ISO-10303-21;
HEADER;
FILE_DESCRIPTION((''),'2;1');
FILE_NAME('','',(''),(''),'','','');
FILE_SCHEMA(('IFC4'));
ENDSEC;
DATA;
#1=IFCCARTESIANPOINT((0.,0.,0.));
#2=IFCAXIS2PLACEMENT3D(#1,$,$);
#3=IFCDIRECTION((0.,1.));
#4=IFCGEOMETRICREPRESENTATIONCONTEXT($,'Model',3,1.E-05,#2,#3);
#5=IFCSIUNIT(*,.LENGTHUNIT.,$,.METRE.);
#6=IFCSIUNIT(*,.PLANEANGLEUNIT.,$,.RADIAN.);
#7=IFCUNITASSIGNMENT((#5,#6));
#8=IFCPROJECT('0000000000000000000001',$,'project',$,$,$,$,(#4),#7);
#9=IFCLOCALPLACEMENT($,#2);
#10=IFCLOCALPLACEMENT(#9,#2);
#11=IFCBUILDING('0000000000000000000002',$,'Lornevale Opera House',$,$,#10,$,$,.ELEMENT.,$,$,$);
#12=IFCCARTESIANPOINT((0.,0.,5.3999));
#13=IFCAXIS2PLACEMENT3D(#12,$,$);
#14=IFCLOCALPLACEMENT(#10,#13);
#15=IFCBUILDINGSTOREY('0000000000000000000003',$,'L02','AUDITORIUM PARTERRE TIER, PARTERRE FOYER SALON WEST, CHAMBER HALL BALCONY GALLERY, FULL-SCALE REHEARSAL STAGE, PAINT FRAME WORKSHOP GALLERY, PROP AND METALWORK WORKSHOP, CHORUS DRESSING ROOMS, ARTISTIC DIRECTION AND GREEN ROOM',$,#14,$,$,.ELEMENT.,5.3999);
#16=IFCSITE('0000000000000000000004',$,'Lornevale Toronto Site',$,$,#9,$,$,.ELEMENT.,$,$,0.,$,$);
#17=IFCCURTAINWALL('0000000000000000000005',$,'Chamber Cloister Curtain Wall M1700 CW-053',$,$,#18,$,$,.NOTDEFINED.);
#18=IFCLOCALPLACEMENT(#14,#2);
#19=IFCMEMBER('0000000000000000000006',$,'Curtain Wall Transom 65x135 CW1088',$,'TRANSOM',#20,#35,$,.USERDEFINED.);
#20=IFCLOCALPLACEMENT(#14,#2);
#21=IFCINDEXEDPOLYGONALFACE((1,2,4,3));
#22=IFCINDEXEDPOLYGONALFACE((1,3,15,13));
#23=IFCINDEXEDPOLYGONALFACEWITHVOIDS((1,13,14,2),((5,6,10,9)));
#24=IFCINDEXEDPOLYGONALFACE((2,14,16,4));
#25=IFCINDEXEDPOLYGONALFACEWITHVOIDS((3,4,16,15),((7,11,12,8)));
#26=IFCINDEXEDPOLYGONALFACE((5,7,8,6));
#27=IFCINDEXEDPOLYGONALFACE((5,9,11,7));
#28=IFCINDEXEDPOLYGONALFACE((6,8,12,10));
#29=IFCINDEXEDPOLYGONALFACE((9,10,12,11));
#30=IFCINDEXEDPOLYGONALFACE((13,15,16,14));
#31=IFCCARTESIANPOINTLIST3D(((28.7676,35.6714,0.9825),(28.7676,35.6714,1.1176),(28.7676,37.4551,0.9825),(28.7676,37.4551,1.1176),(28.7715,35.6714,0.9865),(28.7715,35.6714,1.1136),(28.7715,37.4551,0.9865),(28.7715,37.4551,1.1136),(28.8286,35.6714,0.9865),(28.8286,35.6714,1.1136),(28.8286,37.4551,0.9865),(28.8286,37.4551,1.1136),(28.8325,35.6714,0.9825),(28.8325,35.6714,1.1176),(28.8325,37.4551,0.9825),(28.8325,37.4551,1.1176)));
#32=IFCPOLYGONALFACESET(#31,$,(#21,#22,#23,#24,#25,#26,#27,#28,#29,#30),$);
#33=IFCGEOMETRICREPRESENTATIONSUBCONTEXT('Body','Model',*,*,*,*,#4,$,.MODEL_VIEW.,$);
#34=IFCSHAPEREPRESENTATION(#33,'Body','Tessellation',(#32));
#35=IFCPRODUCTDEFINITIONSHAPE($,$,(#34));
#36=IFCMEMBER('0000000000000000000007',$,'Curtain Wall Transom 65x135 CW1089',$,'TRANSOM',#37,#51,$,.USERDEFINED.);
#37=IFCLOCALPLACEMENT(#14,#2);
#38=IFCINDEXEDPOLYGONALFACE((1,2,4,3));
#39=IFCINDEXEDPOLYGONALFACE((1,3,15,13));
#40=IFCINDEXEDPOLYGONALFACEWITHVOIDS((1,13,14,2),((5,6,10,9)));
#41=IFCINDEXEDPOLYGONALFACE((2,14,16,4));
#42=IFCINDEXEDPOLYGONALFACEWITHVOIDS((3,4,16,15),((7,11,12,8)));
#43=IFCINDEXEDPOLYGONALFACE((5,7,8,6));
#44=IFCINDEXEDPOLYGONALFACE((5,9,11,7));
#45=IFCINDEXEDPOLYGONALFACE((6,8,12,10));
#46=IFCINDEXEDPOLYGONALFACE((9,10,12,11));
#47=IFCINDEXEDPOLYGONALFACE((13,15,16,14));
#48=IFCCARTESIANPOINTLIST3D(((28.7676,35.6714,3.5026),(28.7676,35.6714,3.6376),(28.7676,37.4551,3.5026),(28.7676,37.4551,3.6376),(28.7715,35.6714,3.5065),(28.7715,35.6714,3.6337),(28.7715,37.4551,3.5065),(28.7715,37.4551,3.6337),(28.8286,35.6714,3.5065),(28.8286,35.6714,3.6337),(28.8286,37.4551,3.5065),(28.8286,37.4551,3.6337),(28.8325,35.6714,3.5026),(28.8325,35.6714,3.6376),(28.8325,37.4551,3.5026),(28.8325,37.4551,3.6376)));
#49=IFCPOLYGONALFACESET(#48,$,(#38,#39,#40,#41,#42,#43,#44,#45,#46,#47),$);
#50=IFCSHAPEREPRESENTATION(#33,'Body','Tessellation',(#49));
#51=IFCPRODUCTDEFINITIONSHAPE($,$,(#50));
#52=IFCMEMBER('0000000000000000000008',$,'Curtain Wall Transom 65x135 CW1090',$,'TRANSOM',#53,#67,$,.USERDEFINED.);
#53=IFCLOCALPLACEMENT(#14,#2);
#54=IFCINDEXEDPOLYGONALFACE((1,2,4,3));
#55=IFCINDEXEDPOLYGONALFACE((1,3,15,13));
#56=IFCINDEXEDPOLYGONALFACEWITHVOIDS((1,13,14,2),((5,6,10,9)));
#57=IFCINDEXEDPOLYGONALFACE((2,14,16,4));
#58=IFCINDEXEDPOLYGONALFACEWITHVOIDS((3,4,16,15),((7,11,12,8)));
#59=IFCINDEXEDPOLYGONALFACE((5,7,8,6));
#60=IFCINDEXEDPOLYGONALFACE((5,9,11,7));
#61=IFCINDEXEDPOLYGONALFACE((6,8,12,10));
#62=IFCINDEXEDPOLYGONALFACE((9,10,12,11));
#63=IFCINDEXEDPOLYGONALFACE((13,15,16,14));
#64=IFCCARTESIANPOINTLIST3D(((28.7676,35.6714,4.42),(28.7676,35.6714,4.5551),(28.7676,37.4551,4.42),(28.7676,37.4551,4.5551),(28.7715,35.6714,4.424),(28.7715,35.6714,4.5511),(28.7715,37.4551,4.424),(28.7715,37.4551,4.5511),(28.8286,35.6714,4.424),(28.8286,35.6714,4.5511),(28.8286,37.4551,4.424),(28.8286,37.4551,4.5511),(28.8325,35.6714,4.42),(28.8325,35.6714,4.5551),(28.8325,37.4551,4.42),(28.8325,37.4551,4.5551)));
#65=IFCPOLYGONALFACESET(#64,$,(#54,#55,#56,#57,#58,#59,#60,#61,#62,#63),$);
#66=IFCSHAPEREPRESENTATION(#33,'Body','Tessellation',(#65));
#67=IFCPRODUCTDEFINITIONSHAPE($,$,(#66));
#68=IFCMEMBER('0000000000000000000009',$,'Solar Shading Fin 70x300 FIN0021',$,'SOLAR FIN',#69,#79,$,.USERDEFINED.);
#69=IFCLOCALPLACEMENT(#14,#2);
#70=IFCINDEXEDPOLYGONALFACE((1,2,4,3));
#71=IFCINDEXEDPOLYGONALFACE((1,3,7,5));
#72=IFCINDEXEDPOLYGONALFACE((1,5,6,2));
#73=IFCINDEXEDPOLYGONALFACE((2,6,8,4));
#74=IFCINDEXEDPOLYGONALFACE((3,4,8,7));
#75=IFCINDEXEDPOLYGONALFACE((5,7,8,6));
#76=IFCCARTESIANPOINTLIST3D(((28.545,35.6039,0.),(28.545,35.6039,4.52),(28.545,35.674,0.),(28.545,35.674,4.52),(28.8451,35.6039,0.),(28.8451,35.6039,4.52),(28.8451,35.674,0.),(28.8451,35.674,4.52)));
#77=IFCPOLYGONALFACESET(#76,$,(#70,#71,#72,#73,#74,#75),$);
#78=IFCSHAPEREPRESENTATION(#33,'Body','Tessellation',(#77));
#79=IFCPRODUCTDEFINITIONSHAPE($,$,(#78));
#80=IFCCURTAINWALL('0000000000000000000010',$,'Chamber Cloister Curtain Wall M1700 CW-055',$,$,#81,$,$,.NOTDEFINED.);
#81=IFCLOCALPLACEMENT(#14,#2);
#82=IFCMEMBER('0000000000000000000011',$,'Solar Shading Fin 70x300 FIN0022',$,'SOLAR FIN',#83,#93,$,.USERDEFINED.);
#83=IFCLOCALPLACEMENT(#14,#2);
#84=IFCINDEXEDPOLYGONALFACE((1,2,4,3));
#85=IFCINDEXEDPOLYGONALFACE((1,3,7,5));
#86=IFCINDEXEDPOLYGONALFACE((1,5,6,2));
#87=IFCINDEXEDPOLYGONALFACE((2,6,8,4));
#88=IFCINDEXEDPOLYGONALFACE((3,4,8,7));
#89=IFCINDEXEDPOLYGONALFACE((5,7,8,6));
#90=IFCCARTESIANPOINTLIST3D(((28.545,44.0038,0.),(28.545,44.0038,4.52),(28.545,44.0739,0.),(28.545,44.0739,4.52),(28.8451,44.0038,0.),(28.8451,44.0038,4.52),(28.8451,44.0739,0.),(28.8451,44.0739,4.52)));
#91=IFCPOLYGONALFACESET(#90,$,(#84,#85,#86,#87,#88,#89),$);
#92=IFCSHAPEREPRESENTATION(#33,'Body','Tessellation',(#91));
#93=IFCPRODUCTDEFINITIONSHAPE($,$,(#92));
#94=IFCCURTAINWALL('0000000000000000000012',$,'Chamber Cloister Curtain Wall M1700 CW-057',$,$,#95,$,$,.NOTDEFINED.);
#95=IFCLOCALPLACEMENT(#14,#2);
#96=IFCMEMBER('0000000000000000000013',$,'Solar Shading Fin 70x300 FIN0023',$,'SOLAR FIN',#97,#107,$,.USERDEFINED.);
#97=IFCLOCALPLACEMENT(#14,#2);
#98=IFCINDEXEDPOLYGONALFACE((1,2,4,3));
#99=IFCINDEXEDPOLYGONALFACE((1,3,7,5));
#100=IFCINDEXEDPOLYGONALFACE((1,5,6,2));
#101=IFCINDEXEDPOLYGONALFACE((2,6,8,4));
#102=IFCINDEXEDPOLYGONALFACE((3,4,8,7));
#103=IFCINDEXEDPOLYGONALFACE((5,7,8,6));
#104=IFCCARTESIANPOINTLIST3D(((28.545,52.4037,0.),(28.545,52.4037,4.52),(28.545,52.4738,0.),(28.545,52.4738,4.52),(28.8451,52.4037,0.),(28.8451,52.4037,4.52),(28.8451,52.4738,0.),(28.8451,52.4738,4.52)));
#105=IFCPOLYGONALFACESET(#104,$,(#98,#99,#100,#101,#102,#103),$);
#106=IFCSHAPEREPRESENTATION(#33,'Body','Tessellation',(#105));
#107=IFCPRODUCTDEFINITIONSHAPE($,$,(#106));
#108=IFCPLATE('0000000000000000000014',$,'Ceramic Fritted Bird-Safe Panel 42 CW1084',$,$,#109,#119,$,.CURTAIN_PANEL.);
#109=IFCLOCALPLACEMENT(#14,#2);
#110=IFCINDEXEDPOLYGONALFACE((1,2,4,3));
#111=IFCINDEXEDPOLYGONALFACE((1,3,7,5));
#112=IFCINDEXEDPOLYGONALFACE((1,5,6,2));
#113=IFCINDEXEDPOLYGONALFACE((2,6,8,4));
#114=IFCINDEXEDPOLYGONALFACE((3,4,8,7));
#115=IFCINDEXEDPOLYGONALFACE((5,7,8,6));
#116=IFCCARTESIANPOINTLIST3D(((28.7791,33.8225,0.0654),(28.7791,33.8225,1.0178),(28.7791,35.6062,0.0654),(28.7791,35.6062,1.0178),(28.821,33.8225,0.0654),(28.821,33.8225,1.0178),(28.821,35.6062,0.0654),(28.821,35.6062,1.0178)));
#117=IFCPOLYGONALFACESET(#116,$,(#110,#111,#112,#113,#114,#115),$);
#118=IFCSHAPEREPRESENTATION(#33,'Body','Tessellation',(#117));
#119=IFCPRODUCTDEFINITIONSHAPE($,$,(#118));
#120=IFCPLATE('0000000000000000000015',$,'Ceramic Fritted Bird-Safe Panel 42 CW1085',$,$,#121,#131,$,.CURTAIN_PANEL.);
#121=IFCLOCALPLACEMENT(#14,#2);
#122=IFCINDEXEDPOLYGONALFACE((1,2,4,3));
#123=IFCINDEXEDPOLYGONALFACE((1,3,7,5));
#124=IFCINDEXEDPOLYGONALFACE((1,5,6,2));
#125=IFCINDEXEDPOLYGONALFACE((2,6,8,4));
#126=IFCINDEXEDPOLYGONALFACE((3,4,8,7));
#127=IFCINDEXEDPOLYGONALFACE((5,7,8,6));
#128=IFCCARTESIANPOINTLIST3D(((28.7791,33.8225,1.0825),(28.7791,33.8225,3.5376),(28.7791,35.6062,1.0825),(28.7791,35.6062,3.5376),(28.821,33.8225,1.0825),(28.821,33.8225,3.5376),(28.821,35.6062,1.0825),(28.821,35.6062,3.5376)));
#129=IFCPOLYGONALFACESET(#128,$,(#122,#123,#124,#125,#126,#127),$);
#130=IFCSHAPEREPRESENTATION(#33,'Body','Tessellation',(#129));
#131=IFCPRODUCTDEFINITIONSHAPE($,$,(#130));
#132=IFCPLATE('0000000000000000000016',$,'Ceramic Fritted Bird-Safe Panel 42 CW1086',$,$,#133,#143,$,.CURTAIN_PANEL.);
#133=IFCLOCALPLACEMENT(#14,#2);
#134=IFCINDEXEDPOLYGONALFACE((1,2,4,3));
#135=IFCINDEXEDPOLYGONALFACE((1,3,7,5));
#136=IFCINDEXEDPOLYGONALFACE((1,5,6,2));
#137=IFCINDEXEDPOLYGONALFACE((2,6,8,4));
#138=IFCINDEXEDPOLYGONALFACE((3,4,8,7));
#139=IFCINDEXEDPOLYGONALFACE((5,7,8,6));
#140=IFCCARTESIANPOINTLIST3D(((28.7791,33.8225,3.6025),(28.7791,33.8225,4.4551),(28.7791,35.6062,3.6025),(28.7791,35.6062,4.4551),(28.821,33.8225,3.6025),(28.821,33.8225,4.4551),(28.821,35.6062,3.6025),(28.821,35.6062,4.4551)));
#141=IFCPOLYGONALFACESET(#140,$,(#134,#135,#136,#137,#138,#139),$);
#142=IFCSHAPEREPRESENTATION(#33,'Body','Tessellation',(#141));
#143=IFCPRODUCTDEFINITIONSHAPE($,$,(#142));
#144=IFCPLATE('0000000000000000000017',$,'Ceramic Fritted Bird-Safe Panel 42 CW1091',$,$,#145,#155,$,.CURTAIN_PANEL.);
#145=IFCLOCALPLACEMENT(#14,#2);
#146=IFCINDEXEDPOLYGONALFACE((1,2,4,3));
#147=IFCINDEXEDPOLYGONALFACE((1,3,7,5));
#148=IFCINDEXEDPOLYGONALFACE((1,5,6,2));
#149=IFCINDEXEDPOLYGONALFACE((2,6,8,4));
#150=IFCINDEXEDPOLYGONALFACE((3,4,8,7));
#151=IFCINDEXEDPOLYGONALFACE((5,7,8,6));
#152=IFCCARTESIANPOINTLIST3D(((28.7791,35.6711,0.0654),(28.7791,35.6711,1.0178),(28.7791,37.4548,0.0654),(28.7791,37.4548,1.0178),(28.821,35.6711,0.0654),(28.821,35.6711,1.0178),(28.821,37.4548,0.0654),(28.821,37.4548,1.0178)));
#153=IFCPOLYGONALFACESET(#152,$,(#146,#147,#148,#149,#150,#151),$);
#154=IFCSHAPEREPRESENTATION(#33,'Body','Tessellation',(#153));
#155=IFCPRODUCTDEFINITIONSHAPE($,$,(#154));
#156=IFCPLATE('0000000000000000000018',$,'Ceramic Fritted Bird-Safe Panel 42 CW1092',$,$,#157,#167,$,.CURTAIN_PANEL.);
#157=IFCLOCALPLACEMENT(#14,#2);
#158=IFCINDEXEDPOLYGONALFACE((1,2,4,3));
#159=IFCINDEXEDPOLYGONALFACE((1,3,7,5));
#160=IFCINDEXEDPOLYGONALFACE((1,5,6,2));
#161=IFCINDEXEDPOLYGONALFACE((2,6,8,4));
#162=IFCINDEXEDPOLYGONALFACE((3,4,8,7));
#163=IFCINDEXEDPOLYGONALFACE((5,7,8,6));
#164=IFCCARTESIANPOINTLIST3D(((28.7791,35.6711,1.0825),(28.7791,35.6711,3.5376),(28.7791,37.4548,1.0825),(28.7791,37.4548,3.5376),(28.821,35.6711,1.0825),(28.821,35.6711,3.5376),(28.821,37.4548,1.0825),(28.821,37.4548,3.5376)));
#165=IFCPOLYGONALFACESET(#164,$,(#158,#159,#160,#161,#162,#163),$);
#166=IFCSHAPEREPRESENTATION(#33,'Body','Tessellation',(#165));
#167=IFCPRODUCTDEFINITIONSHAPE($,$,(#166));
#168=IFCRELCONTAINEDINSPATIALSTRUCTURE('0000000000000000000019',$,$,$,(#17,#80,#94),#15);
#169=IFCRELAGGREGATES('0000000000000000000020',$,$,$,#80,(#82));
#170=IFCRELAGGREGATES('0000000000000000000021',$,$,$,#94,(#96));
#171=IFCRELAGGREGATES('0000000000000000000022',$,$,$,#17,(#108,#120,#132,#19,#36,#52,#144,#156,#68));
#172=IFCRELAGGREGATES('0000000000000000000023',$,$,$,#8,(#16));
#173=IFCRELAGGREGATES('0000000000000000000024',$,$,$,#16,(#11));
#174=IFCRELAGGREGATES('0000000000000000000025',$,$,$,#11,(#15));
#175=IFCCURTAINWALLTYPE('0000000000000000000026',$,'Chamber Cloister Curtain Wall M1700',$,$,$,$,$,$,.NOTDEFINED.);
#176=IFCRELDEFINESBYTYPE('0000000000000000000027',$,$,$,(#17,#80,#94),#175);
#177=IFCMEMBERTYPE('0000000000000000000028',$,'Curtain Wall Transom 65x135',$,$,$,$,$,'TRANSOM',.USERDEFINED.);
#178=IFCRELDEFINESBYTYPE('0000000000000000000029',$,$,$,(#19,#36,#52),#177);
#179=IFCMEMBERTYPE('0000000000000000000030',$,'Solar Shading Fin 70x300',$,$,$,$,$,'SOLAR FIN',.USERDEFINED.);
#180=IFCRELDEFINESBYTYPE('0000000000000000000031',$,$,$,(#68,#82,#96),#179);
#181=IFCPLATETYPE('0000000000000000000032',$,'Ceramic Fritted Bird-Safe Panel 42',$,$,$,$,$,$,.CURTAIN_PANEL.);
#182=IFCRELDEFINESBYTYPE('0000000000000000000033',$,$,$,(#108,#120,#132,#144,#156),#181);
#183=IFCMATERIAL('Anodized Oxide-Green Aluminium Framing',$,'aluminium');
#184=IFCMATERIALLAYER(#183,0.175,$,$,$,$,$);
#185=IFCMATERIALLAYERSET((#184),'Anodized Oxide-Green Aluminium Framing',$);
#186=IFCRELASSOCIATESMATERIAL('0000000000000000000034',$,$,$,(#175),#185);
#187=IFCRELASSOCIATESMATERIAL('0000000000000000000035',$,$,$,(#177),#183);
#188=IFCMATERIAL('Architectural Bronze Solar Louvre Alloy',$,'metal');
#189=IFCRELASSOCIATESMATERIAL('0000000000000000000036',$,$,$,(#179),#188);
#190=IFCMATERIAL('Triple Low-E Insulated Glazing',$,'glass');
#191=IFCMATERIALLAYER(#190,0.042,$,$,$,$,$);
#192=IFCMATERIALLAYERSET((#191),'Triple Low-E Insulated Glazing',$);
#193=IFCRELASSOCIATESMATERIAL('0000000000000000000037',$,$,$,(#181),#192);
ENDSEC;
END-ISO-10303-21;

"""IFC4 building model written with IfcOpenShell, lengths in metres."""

from ifc_helpers import new_model, si_unit, direction, frame, origin, origin_2d, place, context, subcontext, project, spatial, rectangle, hollow_rectangle, extrude, material, layer, layer_set, material_profile, profile_set, type_object, element, aggregate, save


model = new_model("IFC4")

# Units and contexts
model_context = context("Model", 3, precision=1e-05, world=origin(), true_north=direction((0.0, 1.0)))
body_context = subcontext(model_context, "Body", "Model", "MODEL_VIEW")
ifc_project = project(units=[si_unit("LENGTHUNIT", "METRE"), si_unit("PLANEANGLEUNIT", "RADIAN")], contexts=[model_context])

# Site, building, storey
site_placement = place(None, origin())
site = spatial("IfcSite", under=ifc_project, at=site_placement, Name="Lornevale Toronto Site", CompositionType="ELEMENT", RefElevation=0.0)
building_placement = place(site_placement, origin())
building = spatial("IfcBuilding", under=site, at=building_placement, Name="Lornevale Opera House", CompositionType="ELEMENT")
storey_placement = place(building_placement, frame((0.0, 0.0, 5.3999)))
storey = spatial("IfcBuildingStorey", under=building, at=storey_placement, Name="L02", Description="AUDITORIUM PARTERRE TIER, PARTERRE FOYER SALON WEST, CHAMBER HALL BALCONY GALLERY, FULL-SCALE REHEARSAL STAGE, PAINT FRAME WORKSHOP GALLERY, PROP AND METALWORK WORKSHOP, CHORUS DRESSING ROOMS, ARTISTIC DIRECTION AND GREEN ROOM", CompositionType="ELEMENT", Elevation=5.3999)

# Shared definitions
ifc_material_1 = material(Name="Anodized Oxide-Green Aluminium Framing", Category="aluminium")
ifc_layer_1 = layer(ifc_material_1, 0.175)
ifc_layer_set_1 = layer_set([ifc_layer_1], Name="Anodized Oxide-Green Aluminium Framing")
curtain_wall_type = type_object("IfcCurtainWallType", Name="Chamber Cloister Curtain Wall M1700", PredefinedType="NOTDEFINED", material=ifc_layer_set_1)

# Curtain wall, members
curtain_wall_1_placement = place(storey_placement, origin())
curtain_wall_1 = element("IfcCurtainWall", 1, at=curtain_wall_1_placement, inside=storey, type_object=curtain_wall_type, Name="Chamber Cloister Curtain Wall M1700 CW-053", PredefinedType="NOTDEFINED")
ifc_material_profile_1 = material_profile(ifc_material_1, hollow_rectangle(XDim=0.0649, YDim=0.135, WallThickness=0.0039, at=origin_2d()), Name="ALU65x135x4")
ifc_profile_set_1 = profile_set([ifc_material_profile_1], Name="Anodized Oxide-Green Aluminium Framing")
member_type_1 = type_object("IfcMemberType", Name="Curtain Wall Transom 65x135", ElementType="TRANSOM", PredefinedType="USERDEFINED", material=ifc_profile_set_1)
member_1_placement = place(storey_placement, frame((28.8, 35.6714, 1.05), z_axis=(0.0, 1.0, 0.0), x_axis=(-1.0, 0.0, 0.0)))
member_1 = element("IfcMember", 2, at=member_1_placement, type_object=member_type_1, Name="Curtain Wall Transom 65x135 CW1088", ObjectType="TRANSOM", PredefinedType="USERDEFINED", context=body_context, shape_type="SweptSolid", body=[
    extrude(hollow_rectangle(XDim=0.0649, YDim=0.135, WallThickness=0.0039, at=origin_2d()), origin(), (0.0, 0.0, 1.0), 1.7837),
])
member_2_placement = place(storey_placement, frame((28.8, 35.6714, 3.5701), z_axis=(0.0, 1.0, 0.0), x_axis=(-1.0, 0.0, 0.0)))
member_2 = element("IfcMember", 3, at=member_2_placement, type_object=member_type_1, Name="Curtain Wall Transom 65x135 CW1089", ObjectType="TRANSOM", PredefinedType="USERDEFINED", context=body_context, shape_type="SweptSolid", body=[
    extrude(hollow_rectangle(XDim=0.0649, YDim=0.135, WallThickness=0.0039, at=origin_2d()), origin(), (0.0, 0.0, 1.0), 1.7837),
])
member_3_placement = place(storey_placement, frame((28.8, 35.6714, 4.4875), z_axis=(0.0, 1.0, 0.0), x_axis=(-1.0, 0.0, 0.0)))
member_3 = element("IfcMember", 4, at=member_3_placement, type_object=member_type_1, Name="Curtain Wall Transom 65x135 CW1090", ObjectType="TRANSOM", PredefinedType="USERDEFINED", context=body_context, shape_type="SweptSolid", body=[
    extrude(hollow_rectangle(XDim=0.0649, YDim=0.135, WallThickness=0.0039, at=origin_2d()), origin(), (0.0, 0.0, 1.0), 1.7837),
])
ifc_material_2 = material(Name="Architectural Bronze Solar Louvre Alloy", Category="metal")
ifc_material_profile_2 = material_profile(ifc_material_2, rectangle(XDim=0.0701, YDim=0.3, at=origin_2d()), Name="FIN70x300")
ifc_profile_set_2 = profile_set([ifc_material_profile_2], Name="Architectural Bronze Solar Louvre Alloy")
member_type_2 = type_object("IfcMemberType", Name="Solar Shading Fin 70x300", ElementType="SOLAR FIN", PredefinedType="USERDEFINED", material=ifc_profile_set_2)
member_4_placement = place(storey_placement, frame((28.6951, 35.6389, 0.0), z_axis=(0.0, 0.0, 1.0), x_axis=(0.0, 1.0, 0.0)))
member_4 = element("IfcMember", 5, at=member_4_placement, type_object=member_type_2, Name="Solar Shading Fin 70x300 FIN0021", ObjectType="SOLAR FIN", PredefinedType="USERDEFINED", context=body_context, shape_type="SweptSolid", body=[
    extrude(rectangle(XDim=0.0701, YDim=0.3, at=origin_2d()), origin(), (0.0, 0.0, 1.0), 4.52),
])

# Curtain walls, members
curtain_wall_2_placement = place(storey_placement, origin())
curtain_wall_2 = element("IfcCurtainWall", 6, at=curtain_wall_2_placement, inside=storey, type_object=curtain_wall_type, Name="Chamber Cloister Curtain Wall M1700 CW-055", PredefinedType="NOTDEFINED")
member_5_placement = place(storey_placement, frame((28.6951, 44.0388, 0.0), z_axis=(0.0, 0.0, 1.0), x_axis=(0.0, 1.0, 0.0)))
member_5 = element("IfcMember", 7, at=member_5_placement, type_object=member_type_2, Name="Solar Shading Fin 70x300 FIN0022", ObjectType="SOLAR FIN", PredefinedType="USERDEFINED", context=body_context, shape_type="SweptSolid", body=[
    extrude(rectangle(XDim=0.0701, YDim=0.3, at=origin_2d()), origin(), (0.0, 0.0, 1.0), 4.52),
])
aggregate(curtain_wall_2, [member_5])
curtain_wall_3_placement = place(storey_placement, origin())
curtain_wall_3 = element("IfcCurtainWall", 8, at=curtain_wall_3_placement, inside=storey, type_object=curtain_wall_type, Name="Chamber Cloister Curtain Wall M1700 CW-057", PredefinedType="NOTDEFINED")
member_6_placement = place(storey_placement, frame((28.6951, 52.4387, 0.0), z_axis=(0.0, 0.0, 1.0), x_axis=(0.0, 1.0, 0.0)))
member_6 = element("IfcMember", 9, at=member_6_placement, type_object=member_type_2, Name="Solar Shading Fin 70x300 FIN0023", ObjectType="SOLAR FIN", PredefinedType="USERDEFINED", context=body_context, shape_type="SweptSolid", body=[
    extrude(rectangle(XDim=0.0701, YDim=0.3, at=origin_2d()), origin(), (0.0, 0.0, 1.0), 4.52),
])
aggregate(curtain_wall_3, [member_6])

# Plates
ifc_material_3 = material(Name="Triple Low-E Insulated Glazing", Category="glass")
ifc_layer_2 = layer(ifc_material_3, 0.042)
ifc_layer_set_2 = layer_set([ifc_layer_2], Name="Triple Low-E Insulated Glazing")
plate_type = type_object("IfcPlateType", Name="Ceramic Fritted Bird-Safe Panel 42", PredefinedType="CURTAIN_PANEL", material=ifc_layer_set_2)
plate_1_placement = place(storey_placement, frame((28.8, 34.7144, 0.0654), z_axis=(0.0, 0.0, 1.0), x_axis=(0.0, 1.0, 0.0)))
plate_1 = element("IfcPlate", 10, at=plate_1_placement, type_object=plate_type, Name="Ceramic Fritted Bird-Safe Panel 42 CW1084", PredefinedType="CURTAIN_PANEL", context=body_context, shape_type="SweptSolid", body=[
    extrude(rectangle(XDim=1.7837, YDim=0.042, at=origin_2d()), origin(), (0.0, 0.0, 1.0), 0.9524),
])
plate_2_placement = place(storey_placement, frame((28.8, 34.7144, 1.0825), z_axis=(0.0, 0.0, 1.0), x_axis=(0.0, 1.0, 0.0)))
plate_2 = element("IfcPlate", 11, at=plate_2_placement, type_object=plate_type, Name="Ceramic Fritted Bird-Safe Panel 42 CW1085", PredefinedType="CURTAIN_PANEL", context=body_context, shape_type="SweptSolid", body=[
    extrude(rectangle(XDim=1.7837, YDim=0.042, at=origin_2d()), origin(), (0.0, 0.0, 1.0), 2.4551),
])
plate_3_placement = place(storey_placement, frame((28.8, 34.7144, 3.6025), z_axis=(0.0, 0.0, 1.0), x_axis=(0.0, 1.0, 0.0)))
plate_3 = element("IfcPlate", 12, at=plate_3_placement, type_object=plate_type, Name="Ceramic Fritted Bird-Safe Panel 42 CW1086", PredefinedType="CURTAIN_PANEL", context=body_context, shape_type="SweptSolid", body=[
    extrude(rectangle(XDim=1.7837, YDim=0.042, at=origin_2d()), origin(), (0.0, 0.0, 1.0), 0.8525),
])
plate_4_placement = place(storey_placement, frame((28.8, 36.563, 0.0654), z_axis=(0.0, 0.0, 1.0), x_axis=(0.0, 1.0, 0.0)))
plate_4 = element("IfcPlate", 13, at=plate_4_placement, type_object=plate_type, Name="Ceramic Fritted Bird-Safe Panel 42 CW1091", PredefinedType="CURTAIN_PANEL", context=body_context, shape_type="SweptSolid", body=[
    extrude(rectangle(XDim=1.7837, YDim=0.042, at=origin_2d()), origin(), (0.0, 0.0, 1.0), 0.9524),
])
plate_5_placement = place(storey_placement, frame((28.8, 36.563, 1.0825), z_axis=(0.0, 0.0, 1.0), x_axis=(0.0, 1.0, 0.0)))
plate_5 = element("IfcPlate", 14, at=plate_5_placement, type_object=plate_type, Name="Ceramic Fritted Bird-Safe Panel 42 CW1092", PredefinedType="CURTAIN_PANEL", context=body_context, shape_type="SweptSolid", body=[
    extrude(rectangle(XDim=1.7837, YDim=0.042, at=origin_2d()), origin(), (0.0, 0.0, 1.0), 2.4551),
])
aggregate(curtain_wall_1, [plate_1, plate_2, plate_3, member_1, member_2, member_3, plate_4, plate_5, member_4])

save(model, "model.ifc")
